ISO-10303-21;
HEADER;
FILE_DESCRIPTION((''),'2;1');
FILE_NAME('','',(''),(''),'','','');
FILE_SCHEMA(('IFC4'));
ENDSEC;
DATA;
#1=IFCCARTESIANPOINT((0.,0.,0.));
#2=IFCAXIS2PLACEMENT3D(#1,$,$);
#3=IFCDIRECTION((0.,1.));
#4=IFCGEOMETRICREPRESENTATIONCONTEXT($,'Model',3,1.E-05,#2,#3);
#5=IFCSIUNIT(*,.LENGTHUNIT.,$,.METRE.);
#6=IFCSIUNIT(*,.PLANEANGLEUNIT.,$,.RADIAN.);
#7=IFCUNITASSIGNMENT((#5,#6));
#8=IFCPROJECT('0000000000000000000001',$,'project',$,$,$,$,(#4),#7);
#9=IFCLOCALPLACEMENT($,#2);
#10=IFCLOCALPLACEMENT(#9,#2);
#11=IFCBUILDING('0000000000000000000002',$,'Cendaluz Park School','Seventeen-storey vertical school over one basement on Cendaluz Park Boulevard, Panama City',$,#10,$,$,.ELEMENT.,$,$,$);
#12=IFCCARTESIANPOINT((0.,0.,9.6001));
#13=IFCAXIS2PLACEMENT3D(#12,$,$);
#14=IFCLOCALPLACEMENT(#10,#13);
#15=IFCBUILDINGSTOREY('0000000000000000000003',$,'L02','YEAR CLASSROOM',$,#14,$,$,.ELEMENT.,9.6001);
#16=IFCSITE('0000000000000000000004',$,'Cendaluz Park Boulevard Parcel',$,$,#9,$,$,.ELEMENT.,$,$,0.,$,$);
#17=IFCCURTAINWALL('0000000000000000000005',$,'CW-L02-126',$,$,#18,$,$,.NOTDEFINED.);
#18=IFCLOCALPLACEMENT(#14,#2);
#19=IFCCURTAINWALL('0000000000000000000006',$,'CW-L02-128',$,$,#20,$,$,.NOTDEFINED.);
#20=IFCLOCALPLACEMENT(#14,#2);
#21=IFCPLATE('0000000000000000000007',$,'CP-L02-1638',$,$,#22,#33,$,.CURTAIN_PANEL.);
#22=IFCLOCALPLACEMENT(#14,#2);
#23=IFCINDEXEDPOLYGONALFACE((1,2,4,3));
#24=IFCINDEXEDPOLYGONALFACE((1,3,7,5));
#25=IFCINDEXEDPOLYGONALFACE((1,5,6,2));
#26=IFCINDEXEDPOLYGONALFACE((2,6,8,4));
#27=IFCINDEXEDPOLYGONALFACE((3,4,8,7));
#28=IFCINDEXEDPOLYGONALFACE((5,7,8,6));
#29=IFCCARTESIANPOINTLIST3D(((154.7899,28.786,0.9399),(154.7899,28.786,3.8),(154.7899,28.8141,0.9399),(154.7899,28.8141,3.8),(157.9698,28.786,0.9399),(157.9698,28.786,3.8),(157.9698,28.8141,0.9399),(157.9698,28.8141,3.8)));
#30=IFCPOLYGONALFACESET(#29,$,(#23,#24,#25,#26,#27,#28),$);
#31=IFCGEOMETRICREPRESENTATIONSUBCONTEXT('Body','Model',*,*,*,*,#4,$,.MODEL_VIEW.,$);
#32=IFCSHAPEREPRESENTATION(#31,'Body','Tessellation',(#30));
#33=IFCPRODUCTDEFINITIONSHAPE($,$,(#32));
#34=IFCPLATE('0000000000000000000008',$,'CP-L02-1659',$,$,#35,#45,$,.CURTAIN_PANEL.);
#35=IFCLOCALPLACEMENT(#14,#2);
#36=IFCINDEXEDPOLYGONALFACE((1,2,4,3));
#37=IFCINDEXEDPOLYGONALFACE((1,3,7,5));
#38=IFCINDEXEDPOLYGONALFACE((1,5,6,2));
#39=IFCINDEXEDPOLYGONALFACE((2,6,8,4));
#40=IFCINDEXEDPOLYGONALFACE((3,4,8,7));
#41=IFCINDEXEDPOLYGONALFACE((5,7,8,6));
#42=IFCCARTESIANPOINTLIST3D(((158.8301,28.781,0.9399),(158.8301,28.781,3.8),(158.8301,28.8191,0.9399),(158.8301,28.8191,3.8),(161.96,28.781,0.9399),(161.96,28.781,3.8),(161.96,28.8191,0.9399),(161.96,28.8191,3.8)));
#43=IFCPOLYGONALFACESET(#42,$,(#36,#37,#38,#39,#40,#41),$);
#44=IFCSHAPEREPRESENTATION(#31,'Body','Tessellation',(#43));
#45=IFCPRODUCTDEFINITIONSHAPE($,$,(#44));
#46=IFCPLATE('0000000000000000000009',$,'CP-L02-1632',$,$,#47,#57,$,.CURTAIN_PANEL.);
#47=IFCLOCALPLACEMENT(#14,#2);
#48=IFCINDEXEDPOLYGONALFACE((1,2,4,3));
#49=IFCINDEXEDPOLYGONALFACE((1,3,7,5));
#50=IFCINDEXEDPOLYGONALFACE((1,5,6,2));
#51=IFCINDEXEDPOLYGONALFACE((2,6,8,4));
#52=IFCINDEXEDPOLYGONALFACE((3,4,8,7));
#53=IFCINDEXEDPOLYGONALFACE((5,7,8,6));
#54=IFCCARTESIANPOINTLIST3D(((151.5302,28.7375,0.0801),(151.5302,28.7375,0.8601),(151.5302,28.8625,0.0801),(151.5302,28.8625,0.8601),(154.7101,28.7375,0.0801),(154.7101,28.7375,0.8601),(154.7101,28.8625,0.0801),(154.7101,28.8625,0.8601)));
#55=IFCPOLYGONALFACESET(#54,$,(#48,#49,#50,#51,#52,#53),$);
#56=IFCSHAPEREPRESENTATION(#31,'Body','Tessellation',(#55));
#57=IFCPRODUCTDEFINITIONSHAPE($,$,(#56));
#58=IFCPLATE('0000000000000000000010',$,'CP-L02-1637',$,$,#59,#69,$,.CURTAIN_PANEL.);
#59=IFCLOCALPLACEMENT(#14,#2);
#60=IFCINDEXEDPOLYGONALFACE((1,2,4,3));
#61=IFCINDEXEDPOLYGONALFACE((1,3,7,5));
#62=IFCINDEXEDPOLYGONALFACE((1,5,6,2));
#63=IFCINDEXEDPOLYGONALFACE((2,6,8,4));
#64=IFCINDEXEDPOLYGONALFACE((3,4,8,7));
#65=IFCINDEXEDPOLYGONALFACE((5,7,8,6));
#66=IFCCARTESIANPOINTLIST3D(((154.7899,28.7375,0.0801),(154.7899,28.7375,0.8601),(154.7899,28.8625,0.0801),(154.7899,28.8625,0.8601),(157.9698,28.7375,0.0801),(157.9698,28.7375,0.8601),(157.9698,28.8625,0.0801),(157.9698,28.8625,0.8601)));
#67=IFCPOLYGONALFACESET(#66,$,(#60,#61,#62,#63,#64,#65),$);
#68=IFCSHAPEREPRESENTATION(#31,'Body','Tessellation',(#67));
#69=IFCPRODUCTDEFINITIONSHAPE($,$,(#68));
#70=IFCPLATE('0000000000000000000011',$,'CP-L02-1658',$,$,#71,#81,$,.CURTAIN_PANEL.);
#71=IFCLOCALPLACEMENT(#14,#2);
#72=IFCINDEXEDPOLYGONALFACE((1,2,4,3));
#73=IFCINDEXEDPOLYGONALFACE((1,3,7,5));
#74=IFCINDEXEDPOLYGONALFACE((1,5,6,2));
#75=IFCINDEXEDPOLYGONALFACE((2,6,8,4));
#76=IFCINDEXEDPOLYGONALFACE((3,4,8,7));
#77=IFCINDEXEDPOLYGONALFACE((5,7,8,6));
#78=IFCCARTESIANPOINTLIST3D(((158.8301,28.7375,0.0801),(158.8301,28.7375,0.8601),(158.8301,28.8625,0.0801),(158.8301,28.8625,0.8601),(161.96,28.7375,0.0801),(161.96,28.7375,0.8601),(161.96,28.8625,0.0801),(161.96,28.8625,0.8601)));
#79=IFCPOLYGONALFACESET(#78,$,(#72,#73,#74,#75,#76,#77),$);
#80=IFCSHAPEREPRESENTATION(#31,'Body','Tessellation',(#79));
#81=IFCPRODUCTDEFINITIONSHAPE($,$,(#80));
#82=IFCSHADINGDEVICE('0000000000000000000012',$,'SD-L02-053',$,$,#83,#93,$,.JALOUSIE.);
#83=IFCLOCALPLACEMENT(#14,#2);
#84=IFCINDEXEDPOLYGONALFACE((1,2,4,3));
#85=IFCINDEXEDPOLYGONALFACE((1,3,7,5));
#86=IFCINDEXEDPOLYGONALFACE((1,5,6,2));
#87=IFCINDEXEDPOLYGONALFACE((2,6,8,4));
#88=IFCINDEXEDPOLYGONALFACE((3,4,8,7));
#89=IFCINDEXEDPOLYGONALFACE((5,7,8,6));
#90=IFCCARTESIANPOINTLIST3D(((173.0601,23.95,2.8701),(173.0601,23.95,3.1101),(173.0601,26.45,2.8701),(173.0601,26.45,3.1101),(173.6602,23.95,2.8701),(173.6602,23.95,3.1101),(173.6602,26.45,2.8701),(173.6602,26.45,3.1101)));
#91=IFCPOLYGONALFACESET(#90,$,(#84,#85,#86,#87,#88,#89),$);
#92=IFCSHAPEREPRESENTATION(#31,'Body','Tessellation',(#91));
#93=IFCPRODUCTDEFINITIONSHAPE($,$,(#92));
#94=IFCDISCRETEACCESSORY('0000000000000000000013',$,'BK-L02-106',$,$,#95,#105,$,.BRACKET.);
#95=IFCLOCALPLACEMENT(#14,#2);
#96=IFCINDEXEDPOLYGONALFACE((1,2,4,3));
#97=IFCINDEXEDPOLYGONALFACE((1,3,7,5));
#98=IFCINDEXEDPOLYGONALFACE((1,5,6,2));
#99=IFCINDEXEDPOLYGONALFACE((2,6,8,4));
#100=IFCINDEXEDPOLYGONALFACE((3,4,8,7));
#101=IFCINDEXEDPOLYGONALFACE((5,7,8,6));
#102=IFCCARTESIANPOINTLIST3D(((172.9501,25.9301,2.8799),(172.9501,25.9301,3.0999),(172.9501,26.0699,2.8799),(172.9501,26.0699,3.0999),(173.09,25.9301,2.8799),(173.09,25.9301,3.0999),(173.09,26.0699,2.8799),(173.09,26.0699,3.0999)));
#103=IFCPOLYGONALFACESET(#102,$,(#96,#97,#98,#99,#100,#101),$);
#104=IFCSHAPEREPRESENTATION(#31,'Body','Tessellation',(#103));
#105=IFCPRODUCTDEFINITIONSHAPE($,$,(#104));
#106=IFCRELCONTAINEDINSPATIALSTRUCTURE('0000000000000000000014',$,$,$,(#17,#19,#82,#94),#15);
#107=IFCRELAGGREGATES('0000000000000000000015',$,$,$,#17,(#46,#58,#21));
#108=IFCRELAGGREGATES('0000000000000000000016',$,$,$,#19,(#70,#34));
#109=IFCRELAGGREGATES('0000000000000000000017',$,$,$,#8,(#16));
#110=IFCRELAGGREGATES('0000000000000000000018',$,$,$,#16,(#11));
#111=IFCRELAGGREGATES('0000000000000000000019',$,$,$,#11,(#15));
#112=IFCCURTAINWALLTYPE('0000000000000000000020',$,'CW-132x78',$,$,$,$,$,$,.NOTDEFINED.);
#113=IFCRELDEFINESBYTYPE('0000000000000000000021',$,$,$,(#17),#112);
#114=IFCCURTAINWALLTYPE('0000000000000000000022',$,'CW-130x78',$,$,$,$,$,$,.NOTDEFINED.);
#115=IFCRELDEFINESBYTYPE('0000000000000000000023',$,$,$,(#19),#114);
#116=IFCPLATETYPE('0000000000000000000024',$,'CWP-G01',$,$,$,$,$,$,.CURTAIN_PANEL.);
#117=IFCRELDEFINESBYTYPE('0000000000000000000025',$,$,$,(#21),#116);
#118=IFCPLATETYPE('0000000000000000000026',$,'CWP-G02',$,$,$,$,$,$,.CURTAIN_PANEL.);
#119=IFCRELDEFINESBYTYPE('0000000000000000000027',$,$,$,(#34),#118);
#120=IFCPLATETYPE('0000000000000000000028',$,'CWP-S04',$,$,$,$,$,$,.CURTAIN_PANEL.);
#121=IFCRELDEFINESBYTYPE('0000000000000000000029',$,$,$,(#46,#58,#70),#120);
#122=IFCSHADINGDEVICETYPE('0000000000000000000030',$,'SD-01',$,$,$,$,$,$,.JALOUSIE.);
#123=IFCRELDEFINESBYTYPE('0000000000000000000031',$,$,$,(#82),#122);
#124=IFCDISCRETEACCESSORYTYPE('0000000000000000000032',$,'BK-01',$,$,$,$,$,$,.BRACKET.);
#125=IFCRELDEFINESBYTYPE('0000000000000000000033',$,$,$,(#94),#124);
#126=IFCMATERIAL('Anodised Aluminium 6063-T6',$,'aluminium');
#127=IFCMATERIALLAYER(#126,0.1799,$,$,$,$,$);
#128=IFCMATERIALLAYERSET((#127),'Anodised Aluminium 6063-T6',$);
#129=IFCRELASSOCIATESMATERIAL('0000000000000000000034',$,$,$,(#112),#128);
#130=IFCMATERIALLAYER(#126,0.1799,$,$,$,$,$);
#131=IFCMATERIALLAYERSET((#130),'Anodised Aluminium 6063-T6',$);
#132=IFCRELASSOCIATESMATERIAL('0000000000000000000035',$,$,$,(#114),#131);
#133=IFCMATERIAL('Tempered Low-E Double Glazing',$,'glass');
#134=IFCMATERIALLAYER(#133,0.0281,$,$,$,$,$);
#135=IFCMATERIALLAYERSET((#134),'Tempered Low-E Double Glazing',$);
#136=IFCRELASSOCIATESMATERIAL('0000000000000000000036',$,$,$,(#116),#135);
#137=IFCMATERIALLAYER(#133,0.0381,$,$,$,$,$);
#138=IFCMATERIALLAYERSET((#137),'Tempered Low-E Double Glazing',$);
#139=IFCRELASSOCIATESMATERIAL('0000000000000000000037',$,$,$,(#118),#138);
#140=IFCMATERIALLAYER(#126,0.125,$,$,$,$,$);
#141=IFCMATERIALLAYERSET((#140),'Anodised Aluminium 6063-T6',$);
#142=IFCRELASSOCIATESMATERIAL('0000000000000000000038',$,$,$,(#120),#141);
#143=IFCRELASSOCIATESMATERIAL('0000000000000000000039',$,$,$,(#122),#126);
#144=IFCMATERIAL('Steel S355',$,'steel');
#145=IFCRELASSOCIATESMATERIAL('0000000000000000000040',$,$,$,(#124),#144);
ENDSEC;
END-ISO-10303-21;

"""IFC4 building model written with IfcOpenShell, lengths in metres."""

from ifc_helpers import new_model, si_unit, direction, frame, origin, origin_2d, place, context, subcontext, project, spatial, rectangle, extrude, material, layer, layer_set, type_object, element, aggregate, save


model = new_model("IFC4")

# Units and contexts
model_context = context("Model", 3, precision=1e-05, world=origin(), true_north=direction((0.0, 1.0)))
body_context = subcontext(model_context, "Body", "Model", "MODEL_VIEW")
ifc_project = project(units=[si_unit("LENGTHUNIT", "METRE"), si_unit("PLANEANGLEUNIT", "RADIAN")], contexts=[model_context])

# Site, building, storey
site_placement = place(None, origin())
site = spatial("IfcSite", under=ifc_project, at=site_placement, Name="Cendaluz Park Boulevard Parcel", CompositionType="ELEMENT", RefElevation=0.0)
building_placement = place(site_placement, origin())
building = spatial("IfcBuilding", under=site, at=building_placement, Name="Cendaluz Park School", Description="Seventeen-storey vertical school over one basement on Cendaluz Park Boulevard, Panama City", CompositionType="ELEMENT")
storey_placement = place(building_placement, frame((0.0, 0.0, 9.6001)))
storey = spatial("IfcBuildingStorey", under=building, at=storey_placement, Name="L02", Description="YEAR CLASSROOM", CompositionType="ELEMENT", Elevation=9.6001)

# Curtain wall
ifc_material_1 = material(Name="Anodised Aluminium 6063-T6", Category="aluminium")
ifc_layer_1 = layer(ifc_material_1, 0.1799)
ifc_layer_set_1 = layer_set([ifc_layer_1], Name="Anodised Aluminium 6063-T6")
curtain_wall_type_1 = type_object("IfcCurtainWallType", Name="CW-132x78", PredefinedType="NOTDEFINED", material=ifc_layer_set_1)
curtain_wall_1_placement = place(storey_placement, origin())
curtain_wall_1 = element("IfcCurtainWall", 1, at=curtain_wall_1_placement, inside=storey, type_object=curtain_wall_type_1, Name="CW-L02-126", PredefinedType="NOTDEFINED")

# Curtain wall
ifc_layer_2 = layer(ifc_material_1, 0.1799)
ifc_layer_set_2 = layer_set([ifc_layer_2], Name="Anodised Aluminium 6063-T6")
curtain_wall_type_2 = type_object("IfcCurtainWallType", Name="CW-130x78", PredefinedType="NOTDEFINED", material=ifc_layer_set_2)
curtain_wall_2_placement = place(storey_placement, origin())
curtain_wall_2 = element("IfcCurtainWall", 2, at=curtain_wall_2_placement, inside=storey, type_object=curtain_wall_type_2, Name="CW-L02-128", PredefinedType="NOTDEFINED")

# Plates
ifc_material_2 = material(Name="Tempered Low-E Double Glazing", Category="glass")
ifc_layer_3 = layer(ifc_material_2, 0.0281)
ifc_layer_set_3 = layer_set([ifc_layer_3], Name="Tempered Low-E Double Glazing")
plate_type_1 = type_object("IfcPlateType", Name="CWP-G01", PredefinedType="CURTAIN_PANEL", material=ifc_layer_set_3)
plate_1_placement = place(storey_placement, frame((156.3799, 28.8, 0.9399), z_axis=(0.0, 0.0, 1.0), x_axis=(1.0, 0.0, 0.0)))
plate_1 = element("IfcPlate", 3, at=plate_1_placement, type_object=plate_type_1, Name="CP-L02-1638", PredefinedType="CURTAIN_PANEL", context=body_context, shape_type="SweptSolid", body=[
    extrude(rectangle(XDim=3.1799, YDim=0.0281, at=origin_2d()), origin(), (0.0, 0.0, 1.0), 2.8601),
])
ifc_layer_4 = layer(ifc_material_2, 0.0381)
ifc_layer_set_4 = layer_set([ifc_layer_4], Name="Tempered Low-E Double Glazing")
plate_type_2 = type_object("IfcPlateType", Name="CWP-G02", PredefinedType="CURTAIN_PANEL", material=ifc_layer_set_4)
plate_2_placement = place(storey_placement, frame((160.395, 28.8, 0.9399), z_axis=(0.0, 0.0, 1.0), x_axis=(1.0, 0.0, 0.0)))
plate_2 = element("IfcPlate", 4, at=plate_2_placement, type_object=plate_type_2, Name="CP-L02-1659", PredefinedType="CURTAIN_PANEL", context=body_context, shape_type="SweptSolid", body=[
    extrude(rectangle(XDim=3.1299, YDim=0.0381, at=origin_2d()), origin(), (0.0, 0.0, 1.0), 2.8601),
])
ifc_layer_5 = layer(ifc_material_1, 0.125)
ifc_layer_set_5 = layer_set([ifc_layer_5], Name="Anodised Aluminium 6063-T6")
plate_type_3 = type_object("IfcPlateType", Name="CWP-S04", PredefinedType="CURTAIN_PANEL", material=ifc_layer_set_5)
plate_3_placement = place(storey_placement, frame((153.1201, 28.8, 0.0801), z_axis=(0.0, 0.0, 1.0), x_axis=(1.0, 0.0, 0.0)))
plate_3 = element("IfcPlate", 5, at=plate_3_placement, type_object=plate_type_3, Name="CP-L02-1632", PredefinedType="CURTAIN_PANEL", context=body_context, shape_type="SweptSolid", body=[
    extrude(rectangle(XDim=3.1799, YDim=0.125, at=origin_2d()), origin(), (0.0, 0.0, 1.0), 0.78),
])
plate_4_placement = place(storey_placement, frame((156.3799, 28.8, 0.0801), z_axis=(0.0, 0.0, 1.0), x_axis=(1.0, 0.0, 0.0)))
plate_4 = element("IfcPlate", 6, at=plate_4_placement, type_object=plate_type_3, Name="CP-L02-1637", PredefinedType="CURTAIN_PANEL", context=body_context, shape_type="SweptSolid", body=[
    extrude(rectangle(XDim=3.1799, YDim=0.125, at=origin_2d()), origin(), (0.0, 0.0, 1.0), 0.78),
])
aggregate(curtain_wall_1, [plate_3, plate_4, plate_1])
plate_5_placement = place(storey_placement, frame((160.395, 28.8, 0.0801), z_axis=(0.0, 0.0, 1.0), x_axis=(1.0, 0.0, 0.0)))
plate_5 = element("IfcPlate", 7, at=plate_5_placement, type_object=plate_type_3, Name="CP-L02-1658", PredefinedType="CURTAIN_PANEL", context=body_context, shape_type="SweptSolid", body=[
    extrude(rectangle(XDim=3.1299, YDim=0.125, at=origin_2d()), origin(), (0.0, 0.0, 1.0), 0.78),
])
aggregate(curtain_wall_2, [plate_5, plate_2])

# Shading device
shading_device_type = type_object("IfcShadingDeviceType", Name="SD-01", PredefinedType="JALOUSIE", material=ifc_material_1)
shading_device_placement = place(storey_placement, frame((173.3601, 25.2, 2.8701), z_axis=(0.0, 0.0, 1.0), x_axis=(0.0, 1.0, 0.0)))
element("IfcShadingDevice", 8, at=shading_device_placement, inside=storey, type_object=shading_device_type, Name="SD-L02-053", PredefinedType="JALOUSIE", context=body_context, shape_type="SweptSolid", body=[
    extrude(rectangle(XDim=2.5, YDim=0.6001, at=origin_2d()), origin(), (0.0, 0.0, 1.0), 0.24),
])

# Discrete accessory
ifc_material_3 = material(Name="Steel S355", Category="steel")
discrete_accessory_type = type_object("IfcDiscreteAccessoryType", Name="BK-01", PredefinedType="BRACKET", material=ifc_material_3)
discrete_accessory_placement = place(storey_placement, frame((173.02, 26.0, 2.8799), z_axis=(0.0, 0.0, 1.0), x_axis=(0.0, 1.0, 0.0)))
element("IfcDiscreteAccessory", 9, at=discrete_accessory_placement, inside=storey, type_object=discrete_accessory_type, Name="BK-L02-106", PredefinedType="BRACKET", context=body_context, shape_type="SweptSolid", body=[
    extrude(rectangle(XDim=0.1399, YDim=0.1399, at=origin_2d()), origin(), (0.0, 0.0, 1.0), 0.22),
])

save(model, "model.ifc")
